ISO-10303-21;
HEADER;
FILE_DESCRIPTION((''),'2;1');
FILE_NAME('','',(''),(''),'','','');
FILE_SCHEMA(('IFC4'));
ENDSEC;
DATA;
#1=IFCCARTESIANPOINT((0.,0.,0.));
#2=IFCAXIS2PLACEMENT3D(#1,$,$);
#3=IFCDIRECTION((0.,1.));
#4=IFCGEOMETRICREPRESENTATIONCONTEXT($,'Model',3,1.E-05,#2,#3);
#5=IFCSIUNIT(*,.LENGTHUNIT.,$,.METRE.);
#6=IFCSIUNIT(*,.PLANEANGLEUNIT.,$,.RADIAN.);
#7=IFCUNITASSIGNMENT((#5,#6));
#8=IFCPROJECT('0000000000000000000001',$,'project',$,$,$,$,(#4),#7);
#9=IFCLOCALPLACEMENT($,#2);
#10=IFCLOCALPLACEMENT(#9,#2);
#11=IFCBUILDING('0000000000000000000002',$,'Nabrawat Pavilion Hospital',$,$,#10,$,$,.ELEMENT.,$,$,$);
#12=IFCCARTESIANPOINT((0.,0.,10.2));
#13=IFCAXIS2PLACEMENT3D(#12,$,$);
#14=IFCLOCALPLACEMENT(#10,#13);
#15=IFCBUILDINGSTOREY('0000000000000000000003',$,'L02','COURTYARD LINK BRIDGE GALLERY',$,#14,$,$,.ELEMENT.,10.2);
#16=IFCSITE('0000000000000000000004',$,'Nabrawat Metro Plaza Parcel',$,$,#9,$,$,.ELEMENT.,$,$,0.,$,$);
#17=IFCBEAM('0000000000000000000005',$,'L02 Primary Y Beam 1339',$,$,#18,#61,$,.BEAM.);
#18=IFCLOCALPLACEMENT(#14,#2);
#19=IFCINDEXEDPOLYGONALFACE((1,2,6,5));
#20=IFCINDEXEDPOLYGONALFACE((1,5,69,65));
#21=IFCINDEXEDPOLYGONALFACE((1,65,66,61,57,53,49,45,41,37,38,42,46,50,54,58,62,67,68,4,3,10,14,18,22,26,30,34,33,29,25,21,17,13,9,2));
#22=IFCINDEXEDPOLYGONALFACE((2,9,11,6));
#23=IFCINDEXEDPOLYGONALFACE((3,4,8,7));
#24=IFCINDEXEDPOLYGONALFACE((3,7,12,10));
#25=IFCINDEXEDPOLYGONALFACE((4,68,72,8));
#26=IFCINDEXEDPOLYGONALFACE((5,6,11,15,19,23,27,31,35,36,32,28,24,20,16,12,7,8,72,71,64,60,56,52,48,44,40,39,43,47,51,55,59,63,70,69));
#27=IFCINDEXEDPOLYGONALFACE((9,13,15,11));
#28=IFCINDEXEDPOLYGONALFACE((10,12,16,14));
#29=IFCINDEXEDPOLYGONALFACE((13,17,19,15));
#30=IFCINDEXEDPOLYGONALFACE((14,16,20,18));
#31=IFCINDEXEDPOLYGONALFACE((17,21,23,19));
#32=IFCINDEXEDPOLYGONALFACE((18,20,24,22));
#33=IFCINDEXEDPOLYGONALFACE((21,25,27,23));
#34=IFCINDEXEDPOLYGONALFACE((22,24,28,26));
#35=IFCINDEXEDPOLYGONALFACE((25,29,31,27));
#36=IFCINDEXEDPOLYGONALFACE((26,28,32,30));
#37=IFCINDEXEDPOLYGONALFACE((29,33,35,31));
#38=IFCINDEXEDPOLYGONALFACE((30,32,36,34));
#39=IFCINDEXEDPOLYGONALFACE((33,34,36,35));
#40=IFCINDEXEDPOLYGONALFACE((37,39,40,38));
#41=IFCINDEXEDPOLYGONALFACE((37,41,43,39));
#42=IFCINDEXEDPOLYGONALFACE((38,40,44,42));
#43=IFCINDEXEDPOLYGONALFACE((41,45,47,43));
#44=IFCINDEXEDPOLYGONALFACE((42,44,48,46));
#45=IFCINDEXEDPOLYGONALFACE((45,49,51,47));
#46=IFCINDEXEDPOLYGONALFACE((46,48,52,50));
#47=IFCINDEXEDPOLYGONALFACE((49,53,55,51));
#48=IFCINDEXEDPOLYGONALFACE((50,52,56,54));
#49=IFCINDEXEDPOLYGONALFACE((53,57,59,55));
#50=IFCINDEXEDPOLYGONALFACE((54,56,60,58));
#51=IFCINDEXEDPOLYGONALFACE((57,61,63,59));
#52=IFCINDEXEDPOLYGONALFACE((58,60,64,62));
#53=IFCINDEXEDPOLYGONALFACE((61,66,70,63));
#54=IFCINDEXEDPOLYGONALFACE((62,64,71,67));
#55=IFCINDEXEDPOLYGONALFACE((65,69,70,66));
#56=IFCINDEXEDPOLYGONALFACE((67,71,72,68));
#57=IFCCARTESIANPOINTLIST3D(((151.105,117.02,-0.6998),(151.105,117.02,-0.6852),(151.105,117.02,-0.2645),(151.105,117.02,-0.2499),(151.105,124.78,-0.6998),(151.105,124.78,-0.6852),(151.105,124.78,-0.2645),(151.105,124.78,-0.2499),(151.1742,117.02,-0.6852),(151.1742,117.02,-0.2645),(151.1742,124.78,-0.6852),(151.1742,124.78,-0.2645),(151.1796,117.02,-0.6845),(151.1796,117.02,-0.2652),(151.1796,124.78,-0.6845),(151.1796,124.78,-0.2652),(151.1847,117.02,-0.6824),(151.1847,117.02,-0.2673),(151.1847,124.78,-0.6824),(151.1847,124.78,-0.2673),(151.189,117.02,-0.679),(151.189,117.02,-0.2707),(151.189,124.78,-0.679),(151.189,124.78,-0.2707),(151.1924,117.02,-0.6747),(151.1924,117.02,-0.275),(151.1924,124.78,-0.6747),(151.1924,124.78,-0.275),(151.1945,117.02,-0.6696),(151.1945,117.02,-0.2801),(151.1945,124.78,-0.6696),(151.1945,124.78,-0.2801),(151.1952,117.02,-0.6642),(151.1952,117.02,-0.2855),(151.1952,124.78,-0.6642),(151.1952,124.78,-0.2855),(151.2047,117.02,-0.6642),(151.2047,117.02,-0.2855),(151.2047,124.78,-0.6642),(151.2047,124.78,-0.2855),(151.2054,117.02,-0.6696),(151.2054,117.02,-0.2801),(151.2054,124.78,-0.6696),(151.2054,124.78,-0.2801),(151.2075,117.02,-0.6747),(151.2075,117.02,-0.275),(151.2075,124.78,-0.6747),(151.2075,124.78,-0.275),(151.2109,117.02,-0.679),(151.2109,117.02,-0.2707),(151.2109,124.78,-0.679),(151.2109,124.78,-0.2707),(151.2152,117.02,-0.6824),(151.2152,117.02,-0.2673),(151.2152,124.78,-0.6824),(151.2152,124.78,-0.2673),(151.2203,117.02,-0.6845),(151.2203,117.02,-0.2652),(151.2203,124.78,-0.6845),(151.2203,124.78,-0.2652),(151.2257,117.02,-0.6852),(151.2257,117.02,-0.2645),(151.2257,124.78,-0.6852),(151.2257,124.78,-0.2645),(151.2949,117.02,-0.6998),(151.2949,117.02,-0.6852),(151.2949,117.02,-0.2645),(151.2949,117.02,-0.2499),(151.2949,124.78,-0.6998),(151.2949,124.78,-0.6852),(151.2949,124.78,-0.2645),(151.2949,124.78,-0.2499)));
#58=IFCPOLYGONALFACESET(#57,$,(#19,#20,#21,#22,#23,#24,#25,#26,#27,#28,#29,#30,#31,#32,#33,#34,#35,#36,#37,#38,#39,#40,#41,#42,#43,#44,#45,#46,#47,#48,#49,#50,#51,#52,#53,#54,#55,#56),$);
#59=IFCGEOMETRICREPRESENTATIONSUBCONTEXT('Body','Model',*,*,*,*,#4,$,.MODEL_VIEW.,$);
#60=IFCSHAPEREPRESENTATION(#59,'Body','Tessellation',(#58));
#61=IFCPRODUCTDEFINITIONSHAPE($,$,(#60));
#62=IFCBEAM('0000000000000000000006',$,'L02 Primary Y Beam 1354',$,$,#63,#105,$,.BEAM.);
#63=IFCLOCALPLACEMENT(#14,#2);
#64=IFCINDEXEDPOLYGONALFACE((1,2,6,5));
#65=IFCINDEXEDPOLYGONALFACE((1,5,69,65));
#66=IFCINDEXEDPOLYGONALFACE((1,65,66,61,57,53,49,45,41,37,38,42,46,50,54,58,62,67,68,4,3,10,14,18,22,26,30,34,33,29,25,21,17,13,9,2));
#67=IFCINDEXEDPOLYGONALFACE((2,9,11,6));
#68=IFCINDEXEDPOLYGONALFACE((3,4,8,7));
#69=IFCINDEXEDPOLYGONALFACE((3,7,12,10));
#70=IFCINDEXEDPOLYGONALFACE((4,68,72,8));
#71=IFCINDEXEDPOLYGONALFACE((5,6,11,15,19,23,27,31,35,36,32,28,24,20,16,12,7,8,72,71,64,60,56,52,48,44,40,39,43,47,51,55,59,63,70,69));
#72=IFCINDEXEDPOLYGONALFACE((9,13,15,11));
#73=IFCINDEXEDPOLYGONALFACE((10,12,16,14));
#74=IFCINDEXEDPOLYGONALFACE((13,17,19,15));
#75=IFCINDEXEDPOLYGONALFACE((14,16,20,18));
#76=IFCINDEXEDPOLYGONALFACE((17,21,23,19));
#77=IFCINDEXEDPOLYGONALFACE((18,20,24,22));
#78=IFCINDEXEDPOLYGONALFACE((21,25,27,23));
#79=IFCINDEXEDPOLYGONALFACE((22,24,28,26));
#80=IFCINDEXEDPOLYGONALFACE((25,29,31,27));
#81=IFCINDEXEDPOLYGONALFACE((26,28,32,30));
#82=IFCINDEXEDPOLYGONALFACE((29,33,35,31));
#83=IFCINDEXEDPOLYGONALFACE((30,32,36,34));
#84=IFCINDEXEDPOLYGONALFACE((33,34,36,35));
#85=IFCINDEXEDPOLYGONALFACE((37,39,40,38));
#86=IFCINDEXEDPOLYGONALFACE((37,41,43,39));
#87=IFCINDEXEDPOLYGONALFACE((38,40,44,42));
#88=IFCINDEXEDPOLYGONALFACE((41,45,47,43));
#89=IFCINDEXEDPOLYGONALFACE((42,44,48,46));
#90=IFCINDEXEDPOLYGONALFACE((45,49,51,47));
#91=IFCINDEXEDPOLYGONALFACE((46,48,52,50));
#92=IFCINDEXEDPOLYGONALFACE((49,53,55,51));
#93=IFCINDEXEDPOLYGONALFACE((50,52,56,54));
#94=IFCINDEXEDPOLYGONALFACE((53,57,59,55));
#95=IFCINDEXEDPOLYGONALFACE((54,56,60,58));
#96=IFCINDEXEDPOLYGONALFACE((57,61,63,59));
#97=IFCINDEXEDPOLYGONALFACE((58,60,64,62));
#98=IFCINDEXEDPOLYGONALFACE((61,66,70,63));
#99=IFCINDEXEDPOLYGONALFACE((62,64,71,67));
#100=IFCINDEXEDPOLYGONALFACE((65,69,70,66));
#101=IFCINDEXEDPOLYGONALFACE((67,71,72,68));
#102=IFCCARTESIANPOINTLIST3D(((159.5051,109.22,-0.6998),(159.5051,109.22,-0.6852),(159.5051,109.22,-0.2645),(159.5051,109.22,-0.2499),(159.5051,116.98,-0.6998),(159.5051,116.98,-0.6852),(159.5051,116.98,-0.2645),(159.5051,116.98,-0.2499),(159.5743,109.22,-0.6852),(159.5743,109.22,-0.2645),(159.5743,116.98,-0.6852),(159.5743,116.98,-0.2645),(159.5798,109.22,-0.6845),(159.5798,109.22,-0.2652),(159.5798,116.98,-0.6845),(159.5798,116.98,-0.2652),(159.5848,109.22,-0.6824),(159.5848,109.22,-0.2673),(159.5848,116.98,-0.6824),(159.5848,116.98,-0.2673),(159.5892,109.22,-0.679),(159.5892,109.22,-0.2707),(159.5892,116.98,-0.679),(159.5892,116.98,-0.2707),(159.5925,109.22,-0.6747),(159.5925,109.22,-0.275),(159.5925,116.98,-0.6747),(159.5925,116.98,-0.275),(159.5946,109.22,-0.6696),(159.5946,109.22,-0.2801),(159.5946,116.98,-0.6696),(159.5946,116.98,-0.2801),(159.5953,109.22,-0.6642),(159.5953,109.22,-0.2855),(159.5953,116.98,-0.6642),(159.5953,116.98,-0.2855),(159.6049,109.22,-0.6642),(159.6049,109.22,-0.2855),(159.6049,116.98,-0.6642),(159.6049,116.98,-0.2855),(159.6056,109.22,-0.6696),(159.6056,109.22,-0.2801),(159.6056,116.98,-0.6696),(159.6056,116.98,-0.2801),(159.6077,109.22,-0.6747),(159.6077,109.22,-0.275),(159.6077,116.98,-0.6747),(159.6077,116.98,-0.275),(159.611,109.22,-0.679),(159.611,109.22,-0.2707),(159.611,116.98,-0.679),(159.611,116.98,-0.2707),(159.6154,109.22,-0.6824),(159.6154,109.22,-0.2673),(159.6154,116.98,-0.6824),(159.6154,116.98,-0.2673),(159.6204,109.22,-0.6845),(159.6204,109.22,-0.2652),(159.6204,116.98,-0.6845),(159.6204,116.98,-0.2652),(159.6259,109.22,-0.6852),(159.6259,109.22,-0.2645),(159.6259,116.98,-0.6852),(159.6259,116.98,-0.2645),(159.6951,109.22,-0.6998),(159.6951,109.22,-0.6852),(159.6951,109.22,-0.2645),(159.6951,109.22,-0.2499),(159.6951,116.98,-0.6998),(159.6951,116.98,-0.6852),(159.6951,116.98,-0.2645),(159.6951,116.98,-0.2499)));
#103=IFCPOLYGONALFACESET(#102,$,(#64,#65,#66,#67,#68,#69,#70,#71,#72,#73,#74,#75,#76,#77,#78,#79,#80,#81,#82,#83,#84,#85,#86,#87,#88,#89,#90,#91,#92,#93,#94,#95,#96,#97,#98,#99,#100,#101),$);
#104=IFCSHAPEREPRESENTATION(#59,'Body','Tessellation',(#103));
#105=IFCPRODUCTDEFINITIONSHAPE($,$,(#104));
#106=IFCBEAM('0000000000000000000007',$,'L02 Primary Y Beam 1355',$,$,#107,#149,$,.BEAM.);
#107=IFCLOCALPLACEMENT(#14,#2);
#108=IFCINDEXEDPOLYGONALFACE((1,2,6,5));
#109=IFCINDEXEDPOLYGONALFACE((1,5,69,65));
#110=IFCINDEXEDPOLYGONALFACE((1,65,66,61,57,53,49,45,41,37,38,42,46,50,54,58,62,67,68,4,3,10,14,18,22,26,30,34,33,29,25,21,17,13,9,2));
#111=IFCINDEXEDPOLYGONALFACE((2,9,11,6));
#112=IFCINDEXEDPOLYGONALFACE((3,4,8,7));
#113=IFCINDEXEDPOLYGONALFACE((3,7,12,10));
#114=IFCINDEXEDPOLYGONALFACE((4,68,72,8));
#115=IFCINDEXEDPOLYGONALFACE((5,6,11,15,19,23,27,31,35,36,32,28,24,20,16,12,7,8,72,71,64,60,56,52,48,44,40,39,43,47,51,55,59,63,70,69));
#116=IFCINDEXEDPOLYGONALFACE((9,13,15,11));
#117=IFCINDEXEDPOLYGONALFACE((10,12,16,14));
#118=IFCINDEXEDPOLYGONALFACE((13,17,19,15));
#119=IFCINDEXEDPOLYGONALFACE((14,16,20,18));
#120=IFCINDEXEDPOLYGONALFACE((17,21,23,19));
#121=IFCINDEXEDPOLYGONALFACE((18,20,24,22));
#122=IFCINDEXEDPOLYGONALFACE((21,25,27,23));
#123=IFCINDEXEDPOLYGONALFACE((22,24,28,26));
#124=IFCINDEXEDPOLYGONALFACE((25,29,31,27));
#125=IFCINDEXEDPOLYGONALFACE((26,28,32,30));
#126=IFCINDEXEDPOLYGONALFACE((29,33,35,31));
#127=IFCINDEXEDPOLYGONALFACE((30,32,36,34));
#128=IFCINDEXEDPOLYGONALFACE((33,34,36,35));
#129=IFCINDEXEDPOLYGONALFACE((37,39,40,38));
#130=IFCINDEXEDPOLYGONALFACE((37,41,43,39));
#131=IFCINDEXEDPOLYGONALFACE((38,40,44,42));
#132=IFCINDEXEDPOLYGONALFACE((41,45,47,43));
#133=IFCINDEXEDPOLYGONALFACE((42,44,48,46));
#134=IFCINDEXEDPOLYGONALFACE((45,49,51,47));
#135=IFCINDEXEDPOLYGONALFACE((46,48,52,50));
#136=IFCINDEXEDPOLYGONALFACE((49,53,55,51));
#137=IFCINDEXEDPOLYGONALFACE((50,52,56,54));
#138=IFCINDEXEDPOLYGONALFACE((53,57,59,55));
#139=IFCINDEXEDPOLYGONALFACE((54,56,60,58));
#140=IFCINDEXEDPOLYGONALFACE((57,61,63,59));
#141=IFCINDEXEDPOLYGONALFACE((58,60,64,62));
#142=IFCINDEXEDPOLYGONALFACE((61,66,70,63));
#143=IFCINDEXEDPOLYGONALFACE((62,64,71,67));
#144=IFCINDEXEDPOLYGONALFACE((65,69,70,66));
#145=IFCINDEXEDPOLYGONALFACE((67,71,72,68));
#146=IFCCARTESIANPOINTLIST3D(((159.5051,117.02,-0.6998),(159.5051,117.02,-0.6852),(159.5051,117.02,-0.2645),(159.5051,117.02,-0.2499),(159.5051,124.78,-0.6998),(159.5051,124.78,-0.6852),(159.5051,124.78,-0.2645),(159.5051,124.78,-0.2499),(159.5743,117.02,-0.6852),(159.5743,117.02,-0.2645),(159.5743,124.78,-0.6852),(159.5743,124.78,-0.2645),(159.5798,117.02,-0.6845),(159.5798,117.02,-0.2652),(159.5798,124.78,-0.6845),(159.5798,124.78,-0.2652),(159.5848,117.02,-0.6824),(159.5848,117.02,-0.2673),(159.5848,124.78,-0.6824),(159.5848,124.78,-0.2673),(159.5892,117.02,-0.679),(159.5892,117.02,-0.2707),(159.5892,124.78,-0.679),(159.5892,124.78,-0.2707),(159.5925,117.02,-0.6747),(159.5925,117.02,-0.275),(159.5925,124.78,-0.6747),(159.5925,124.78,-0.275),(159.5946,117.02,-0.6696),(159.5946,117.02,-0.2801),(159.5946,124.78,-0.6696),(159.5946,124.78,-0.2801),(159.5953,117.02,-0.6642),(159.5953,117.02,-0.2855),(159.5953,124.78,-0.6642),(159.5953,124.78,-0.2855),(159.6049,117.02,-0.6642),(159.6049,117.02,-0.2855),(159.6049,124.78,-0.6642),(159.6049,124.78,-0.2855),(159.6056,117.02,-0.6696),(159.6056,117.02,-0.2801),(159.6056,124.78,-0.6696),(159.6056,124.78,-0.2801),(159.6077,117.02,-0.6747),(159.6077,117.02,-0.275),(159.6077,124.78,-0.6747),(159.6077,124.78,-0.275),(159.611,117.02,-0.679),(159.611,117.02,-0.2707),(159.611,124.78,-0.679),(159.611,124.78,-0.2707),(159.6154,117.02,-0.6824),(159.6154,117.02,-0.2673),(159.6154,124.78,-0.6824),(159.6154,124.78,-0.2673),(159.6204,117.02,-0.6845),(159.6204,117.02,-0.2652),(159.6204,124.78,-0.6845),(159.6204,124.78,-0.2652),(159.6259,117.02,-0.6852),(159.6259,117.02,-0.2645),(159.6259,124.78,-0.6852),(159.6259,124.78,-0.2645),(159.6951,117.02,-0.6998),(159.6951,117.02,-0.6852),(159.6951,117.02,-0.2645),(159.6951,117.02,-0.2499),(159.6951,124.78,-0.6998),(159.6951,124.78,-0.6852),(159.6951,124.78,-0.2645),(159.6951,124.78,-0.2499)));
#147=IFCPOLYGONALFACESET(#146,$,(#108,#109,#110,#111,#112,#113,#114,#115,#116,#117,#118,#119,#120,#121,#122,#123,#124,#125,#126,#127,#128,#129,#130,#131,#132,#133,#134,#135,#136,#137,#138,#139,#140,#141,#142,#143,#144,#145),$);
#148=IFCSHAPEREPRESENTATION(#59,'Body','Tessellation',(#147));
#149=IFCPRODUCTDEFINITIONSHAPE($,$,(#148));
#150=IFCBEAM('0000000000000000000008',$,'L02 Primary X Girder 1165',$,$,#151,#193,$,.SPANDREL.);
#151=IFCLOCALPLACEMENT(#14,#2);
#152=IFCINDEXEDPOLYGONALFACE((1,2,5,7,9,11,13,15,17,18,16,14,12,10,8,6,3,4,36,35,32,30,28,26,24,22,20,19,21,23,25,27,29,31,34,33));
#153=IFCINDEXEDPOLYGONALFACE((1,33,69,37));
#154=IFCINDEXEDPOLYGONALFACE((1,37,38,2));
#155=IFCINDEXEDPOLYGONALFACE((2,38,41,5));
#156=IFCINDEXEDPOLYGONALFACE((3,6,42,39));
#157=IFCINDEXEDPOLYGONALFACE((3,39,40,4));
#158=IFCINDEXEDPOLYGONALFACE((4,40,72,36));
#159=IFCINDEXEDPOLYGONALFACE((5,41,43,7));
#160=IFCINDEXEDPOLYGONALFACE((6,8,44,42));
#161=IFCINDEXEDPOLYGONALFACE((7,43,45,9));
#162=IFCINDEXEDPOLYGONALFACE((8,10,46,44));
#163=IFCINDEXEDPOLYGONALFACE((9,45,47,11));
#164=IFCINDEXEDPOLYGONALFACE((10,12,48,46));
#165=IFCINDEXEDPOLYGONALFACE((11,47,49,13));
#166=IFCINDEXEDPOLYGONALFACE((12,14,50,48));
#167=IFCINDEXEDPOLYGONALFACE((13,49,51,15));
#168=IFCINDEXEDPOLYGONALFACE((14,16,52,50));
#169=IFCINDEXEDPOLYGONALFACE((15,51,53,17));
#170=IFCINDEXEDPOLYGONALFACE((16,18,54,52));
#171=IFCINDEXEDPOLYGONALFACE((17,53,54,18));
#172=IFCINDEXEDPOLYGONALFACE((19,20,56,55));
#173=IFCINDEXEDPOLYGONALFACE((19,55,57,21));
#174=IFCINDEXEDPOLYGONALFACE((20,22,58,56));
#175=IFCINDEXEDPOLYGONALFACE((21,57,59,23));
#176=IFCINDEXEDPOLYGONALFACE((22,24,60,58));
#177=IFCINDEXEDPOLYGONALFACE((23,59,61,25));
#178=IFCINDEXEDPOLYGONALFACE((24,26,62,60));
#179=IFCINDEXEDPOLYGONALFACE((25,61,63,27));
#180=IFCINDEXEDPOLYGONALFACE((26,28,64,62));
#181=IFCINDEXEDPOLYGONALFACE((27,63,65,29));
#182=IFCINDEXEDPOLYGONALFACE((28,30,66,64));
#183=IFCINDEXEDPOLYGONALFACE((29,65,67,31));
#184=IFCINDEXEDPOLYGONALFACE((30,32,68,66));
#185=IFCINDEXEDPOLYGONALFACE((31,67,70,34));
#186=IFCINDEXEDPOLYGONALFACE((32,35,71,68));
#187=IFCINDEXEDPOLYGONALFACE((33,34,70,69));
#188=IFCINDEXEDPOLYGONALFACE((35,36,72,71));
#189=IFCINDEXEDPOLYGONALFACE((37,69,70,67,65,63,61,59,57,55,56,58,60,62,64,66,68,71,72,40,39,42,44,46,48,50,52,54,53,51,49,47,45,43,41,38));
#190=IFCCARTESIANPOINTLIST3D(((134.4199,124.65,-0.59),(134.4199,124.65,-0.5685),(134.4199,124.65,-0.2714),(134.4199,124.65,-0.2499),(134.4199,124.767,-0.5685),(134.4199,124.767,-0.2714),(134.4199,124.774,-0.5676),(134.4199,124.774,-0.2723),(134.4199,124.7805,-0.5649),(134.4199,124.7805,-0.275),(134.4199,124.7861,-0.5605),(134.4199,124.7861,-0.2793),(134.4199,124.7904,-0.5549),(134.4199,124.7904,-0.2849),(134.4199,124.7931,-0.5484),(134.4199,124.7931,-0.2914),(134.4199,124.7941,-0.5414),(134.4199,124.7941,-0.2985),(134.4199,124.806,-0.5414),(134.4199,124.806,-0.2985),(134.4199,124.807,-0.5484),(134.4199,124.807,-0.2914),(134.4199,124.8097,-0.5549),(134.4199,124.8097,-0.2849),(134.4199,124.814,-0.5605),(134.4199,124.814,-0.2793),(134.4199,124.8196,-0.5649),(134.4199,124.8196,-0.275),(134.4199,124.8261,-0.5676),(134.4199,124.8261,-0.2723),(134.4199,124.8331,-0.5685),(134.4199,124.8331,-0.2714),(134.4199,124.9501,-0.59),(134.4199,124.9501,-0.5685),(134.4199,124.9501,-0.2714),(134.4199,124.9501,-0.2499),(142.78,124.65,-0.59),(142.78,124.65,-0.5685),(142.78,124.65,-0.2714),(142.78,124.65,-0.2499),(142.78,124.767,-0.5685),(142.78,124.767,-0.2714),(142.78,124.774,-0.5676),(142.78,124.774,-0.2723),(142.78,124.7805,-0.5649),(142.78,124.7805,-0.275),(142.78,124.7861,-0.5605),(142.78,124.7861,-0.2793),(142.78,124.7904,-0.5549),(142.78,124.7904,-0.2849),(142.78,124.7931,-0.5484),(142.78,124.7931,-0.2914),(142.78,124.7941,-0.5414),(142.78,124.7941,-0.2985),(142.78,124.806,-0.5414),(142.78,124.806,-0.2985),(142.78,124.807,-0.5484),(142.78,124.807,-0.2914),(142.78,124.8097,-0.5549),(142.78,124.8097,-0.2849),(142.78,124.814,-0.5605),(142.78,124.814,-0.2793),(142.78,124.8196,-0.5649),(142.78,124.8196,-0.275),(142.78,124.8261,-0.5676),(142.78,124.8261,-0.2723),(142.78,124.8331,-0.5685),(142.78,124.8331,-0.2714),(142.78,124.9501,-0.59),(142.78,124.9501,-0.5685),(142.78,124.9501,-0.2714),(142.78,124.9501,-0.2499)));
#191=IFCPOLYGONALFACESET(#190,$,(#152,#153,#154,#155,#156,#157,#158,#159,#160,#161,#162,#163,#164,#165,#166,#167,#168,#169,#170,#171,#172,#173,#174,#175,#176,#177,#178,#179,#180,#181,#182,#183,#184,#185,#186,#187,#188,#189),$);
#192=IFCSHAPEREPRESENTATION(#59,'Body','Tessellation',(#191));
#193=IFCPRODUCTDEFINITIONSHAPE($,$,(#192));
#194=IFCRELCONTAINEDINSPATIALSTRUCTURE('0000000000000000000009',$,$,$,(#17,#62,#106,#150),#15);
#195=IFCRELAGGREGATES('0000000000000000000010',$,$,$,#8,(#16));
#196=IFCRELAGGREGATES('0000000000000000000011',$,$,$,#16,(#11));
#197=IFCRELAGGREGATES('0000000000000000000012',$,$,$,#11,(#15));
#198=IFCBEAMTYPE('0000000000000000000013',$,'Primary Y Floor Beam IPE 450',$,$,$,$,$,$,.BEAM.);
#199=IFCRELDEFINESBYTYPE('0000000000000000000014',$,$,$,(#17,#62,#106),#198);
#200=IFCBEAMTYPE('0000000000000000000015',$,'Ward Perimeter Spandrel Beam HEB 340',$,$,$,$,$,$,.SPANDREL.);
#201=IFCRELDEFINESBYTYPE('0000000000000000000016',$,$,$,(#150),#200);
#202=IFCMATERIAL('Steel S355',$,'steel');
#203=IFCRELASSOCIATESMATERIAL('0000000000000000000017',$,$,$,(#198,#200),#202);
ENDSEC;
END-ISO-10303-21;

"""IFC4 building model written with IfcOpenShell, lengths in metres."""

from ifc_helpers import new_model, si_unit, direction, frame, origin, origin_2d, place, context, subcontext, project, spatial, i_section, extrude, material, material_profile, profile_set, type_object, element, save


model = new_model("IFC4")

# Units and contexts
model_context = context("Model", 3, precision=1e-05, world=origin(), true_north=direction((0.0, 1.0)))
body_context = subcontext(model_context, "Body", "Model", "MODEL_VIEW")
ifc_project = project(units=[si_unit("LENGTHUNIT", "METRE"), si_unit("PLANEANGLEUNIT", "RADIAN")], contexts=[model_context])

# Site, building, storey
site_placement = place(None, origin())
site = spatial("IfcSite", under=ifc_project, at=site_placement, Name="Nabrawat Metro Plaza Parcel", CompositionType="ELEMENT", RefElevation=0.0)
building_placement = place(site_placement, origin())
building = spatial("IfcBuilding", under=site, at=building_placement, Name="Nabrawat Pavilion Hospital", CompositionType="ELEMENT")
storey_placement = place(building_placement, frame((0.0, 0.0, 10.2)))
storey = spatial("IfcBuildingStorey", under=building, at=storey_placement, Name="L02", Description="COURTYARD LINK BRIDGE GALLERY", CompositionType="ELEMENT", Elevation=10.2)

# Beams
ifc_material_1 = material(Name="Steel S355", Category="steel")
ifc_material_profile_1 = material_profile(ifc_material_1, i_section(OverallWidth=0.1899, OverallDepth=0.45, WebThickness=0.0095, FlangeThickness=0.0146, FilletRadius=0.021, at=origin_2d()), Name="IPE 450")
ifc_profile_set_1 = profile_set([ifc_material_profile_1], Name="Steel S355")
beam_type_1 = type_object("IfcBeamType", Name="Primary Y Floor Beam IPE 450", PredefinedType="BEAM", material=ifc_profile_set_1)
for number, where, z_axis, x_axis, name in (
    (1, (151.2, 117.02, -0.4749), (0.0, 1.0, 0.0), (-1.0, 0.0, 0.0), "L02 Primary Y Beam 1339"),
    (2, (159.6001, 109.22, -0.4749), (0.0, 1.0, 0.0), (-1.0, 0.0, 0.0), "L02 Primary Y Beam 1354"),
    (3, (159.6001, 117.02, -0.4749), (0.0, 1.0, 0.0), (-1.0, 0.0, 0.0), "L02 Primary Y Beam 1355"),
):
    element("IfcBeam", number, at=place(storey_placement, frame(where, z_axis=z_axis, x_axis=x_axis)), inside=storey, type_object=beam_type_1, Name=name, PredefinedType="BEAM", context=body_context, shape_type="SweptSolid", body=[
        extrude(i_section(OverallWidth=0.1899, OverallDepth=0.45, WebThickness=0.0095, FlangeThickness=0.0146, FilletRadius=0.021, at=origin_2d()), origin(), (0.0, 0.0, 1.0), 7.76),
    ])
ifc_material_profile_2 = material_profile(ifc_material_1, i_section(OverallWidth=0.3, OverallDepth=0.3401, WebThickness=0.012, FlangeThickness=0.0215, FilletRadius=0.0271, at=origin_2d()), Name="HEB 340")
ifc_profile_set_2 = profile_set([ifc_material_profile_2], Name="Steel S355")
beam_type_2 = type_object("IfcBeamType", Name="Ward Perimeter Spandrel Beam HEB 340", PredefinedType="SPANDREL", material=ifc_profile_set_2)
beam_1_placement = place(storey_placement, frame((134.4199, 124.8, -0.4199), z_axis=(1.0, 0.0, 0.0), x_axis=(0.0, 1.0, 0.0)))
element("IfcBeam", 4, at=beam_1_placement, inside=storey, type_object=beam_type_2, Name="L02 Primary X Girder 1165", PredefinedType="SPANDREL", context=body_context, shape_type="SweptSolid", body=[
    extrude(i_section(OverallWidth=0.3, OverallDepth=0.3401, WebThickness=0.012, FlangeThickness=0.0215, FilletRadius=0.0271, at=origin_2d()), origin(), (0.0, 0.0, 1.0), 8.3601),
])

save(model, "model.ifc")
